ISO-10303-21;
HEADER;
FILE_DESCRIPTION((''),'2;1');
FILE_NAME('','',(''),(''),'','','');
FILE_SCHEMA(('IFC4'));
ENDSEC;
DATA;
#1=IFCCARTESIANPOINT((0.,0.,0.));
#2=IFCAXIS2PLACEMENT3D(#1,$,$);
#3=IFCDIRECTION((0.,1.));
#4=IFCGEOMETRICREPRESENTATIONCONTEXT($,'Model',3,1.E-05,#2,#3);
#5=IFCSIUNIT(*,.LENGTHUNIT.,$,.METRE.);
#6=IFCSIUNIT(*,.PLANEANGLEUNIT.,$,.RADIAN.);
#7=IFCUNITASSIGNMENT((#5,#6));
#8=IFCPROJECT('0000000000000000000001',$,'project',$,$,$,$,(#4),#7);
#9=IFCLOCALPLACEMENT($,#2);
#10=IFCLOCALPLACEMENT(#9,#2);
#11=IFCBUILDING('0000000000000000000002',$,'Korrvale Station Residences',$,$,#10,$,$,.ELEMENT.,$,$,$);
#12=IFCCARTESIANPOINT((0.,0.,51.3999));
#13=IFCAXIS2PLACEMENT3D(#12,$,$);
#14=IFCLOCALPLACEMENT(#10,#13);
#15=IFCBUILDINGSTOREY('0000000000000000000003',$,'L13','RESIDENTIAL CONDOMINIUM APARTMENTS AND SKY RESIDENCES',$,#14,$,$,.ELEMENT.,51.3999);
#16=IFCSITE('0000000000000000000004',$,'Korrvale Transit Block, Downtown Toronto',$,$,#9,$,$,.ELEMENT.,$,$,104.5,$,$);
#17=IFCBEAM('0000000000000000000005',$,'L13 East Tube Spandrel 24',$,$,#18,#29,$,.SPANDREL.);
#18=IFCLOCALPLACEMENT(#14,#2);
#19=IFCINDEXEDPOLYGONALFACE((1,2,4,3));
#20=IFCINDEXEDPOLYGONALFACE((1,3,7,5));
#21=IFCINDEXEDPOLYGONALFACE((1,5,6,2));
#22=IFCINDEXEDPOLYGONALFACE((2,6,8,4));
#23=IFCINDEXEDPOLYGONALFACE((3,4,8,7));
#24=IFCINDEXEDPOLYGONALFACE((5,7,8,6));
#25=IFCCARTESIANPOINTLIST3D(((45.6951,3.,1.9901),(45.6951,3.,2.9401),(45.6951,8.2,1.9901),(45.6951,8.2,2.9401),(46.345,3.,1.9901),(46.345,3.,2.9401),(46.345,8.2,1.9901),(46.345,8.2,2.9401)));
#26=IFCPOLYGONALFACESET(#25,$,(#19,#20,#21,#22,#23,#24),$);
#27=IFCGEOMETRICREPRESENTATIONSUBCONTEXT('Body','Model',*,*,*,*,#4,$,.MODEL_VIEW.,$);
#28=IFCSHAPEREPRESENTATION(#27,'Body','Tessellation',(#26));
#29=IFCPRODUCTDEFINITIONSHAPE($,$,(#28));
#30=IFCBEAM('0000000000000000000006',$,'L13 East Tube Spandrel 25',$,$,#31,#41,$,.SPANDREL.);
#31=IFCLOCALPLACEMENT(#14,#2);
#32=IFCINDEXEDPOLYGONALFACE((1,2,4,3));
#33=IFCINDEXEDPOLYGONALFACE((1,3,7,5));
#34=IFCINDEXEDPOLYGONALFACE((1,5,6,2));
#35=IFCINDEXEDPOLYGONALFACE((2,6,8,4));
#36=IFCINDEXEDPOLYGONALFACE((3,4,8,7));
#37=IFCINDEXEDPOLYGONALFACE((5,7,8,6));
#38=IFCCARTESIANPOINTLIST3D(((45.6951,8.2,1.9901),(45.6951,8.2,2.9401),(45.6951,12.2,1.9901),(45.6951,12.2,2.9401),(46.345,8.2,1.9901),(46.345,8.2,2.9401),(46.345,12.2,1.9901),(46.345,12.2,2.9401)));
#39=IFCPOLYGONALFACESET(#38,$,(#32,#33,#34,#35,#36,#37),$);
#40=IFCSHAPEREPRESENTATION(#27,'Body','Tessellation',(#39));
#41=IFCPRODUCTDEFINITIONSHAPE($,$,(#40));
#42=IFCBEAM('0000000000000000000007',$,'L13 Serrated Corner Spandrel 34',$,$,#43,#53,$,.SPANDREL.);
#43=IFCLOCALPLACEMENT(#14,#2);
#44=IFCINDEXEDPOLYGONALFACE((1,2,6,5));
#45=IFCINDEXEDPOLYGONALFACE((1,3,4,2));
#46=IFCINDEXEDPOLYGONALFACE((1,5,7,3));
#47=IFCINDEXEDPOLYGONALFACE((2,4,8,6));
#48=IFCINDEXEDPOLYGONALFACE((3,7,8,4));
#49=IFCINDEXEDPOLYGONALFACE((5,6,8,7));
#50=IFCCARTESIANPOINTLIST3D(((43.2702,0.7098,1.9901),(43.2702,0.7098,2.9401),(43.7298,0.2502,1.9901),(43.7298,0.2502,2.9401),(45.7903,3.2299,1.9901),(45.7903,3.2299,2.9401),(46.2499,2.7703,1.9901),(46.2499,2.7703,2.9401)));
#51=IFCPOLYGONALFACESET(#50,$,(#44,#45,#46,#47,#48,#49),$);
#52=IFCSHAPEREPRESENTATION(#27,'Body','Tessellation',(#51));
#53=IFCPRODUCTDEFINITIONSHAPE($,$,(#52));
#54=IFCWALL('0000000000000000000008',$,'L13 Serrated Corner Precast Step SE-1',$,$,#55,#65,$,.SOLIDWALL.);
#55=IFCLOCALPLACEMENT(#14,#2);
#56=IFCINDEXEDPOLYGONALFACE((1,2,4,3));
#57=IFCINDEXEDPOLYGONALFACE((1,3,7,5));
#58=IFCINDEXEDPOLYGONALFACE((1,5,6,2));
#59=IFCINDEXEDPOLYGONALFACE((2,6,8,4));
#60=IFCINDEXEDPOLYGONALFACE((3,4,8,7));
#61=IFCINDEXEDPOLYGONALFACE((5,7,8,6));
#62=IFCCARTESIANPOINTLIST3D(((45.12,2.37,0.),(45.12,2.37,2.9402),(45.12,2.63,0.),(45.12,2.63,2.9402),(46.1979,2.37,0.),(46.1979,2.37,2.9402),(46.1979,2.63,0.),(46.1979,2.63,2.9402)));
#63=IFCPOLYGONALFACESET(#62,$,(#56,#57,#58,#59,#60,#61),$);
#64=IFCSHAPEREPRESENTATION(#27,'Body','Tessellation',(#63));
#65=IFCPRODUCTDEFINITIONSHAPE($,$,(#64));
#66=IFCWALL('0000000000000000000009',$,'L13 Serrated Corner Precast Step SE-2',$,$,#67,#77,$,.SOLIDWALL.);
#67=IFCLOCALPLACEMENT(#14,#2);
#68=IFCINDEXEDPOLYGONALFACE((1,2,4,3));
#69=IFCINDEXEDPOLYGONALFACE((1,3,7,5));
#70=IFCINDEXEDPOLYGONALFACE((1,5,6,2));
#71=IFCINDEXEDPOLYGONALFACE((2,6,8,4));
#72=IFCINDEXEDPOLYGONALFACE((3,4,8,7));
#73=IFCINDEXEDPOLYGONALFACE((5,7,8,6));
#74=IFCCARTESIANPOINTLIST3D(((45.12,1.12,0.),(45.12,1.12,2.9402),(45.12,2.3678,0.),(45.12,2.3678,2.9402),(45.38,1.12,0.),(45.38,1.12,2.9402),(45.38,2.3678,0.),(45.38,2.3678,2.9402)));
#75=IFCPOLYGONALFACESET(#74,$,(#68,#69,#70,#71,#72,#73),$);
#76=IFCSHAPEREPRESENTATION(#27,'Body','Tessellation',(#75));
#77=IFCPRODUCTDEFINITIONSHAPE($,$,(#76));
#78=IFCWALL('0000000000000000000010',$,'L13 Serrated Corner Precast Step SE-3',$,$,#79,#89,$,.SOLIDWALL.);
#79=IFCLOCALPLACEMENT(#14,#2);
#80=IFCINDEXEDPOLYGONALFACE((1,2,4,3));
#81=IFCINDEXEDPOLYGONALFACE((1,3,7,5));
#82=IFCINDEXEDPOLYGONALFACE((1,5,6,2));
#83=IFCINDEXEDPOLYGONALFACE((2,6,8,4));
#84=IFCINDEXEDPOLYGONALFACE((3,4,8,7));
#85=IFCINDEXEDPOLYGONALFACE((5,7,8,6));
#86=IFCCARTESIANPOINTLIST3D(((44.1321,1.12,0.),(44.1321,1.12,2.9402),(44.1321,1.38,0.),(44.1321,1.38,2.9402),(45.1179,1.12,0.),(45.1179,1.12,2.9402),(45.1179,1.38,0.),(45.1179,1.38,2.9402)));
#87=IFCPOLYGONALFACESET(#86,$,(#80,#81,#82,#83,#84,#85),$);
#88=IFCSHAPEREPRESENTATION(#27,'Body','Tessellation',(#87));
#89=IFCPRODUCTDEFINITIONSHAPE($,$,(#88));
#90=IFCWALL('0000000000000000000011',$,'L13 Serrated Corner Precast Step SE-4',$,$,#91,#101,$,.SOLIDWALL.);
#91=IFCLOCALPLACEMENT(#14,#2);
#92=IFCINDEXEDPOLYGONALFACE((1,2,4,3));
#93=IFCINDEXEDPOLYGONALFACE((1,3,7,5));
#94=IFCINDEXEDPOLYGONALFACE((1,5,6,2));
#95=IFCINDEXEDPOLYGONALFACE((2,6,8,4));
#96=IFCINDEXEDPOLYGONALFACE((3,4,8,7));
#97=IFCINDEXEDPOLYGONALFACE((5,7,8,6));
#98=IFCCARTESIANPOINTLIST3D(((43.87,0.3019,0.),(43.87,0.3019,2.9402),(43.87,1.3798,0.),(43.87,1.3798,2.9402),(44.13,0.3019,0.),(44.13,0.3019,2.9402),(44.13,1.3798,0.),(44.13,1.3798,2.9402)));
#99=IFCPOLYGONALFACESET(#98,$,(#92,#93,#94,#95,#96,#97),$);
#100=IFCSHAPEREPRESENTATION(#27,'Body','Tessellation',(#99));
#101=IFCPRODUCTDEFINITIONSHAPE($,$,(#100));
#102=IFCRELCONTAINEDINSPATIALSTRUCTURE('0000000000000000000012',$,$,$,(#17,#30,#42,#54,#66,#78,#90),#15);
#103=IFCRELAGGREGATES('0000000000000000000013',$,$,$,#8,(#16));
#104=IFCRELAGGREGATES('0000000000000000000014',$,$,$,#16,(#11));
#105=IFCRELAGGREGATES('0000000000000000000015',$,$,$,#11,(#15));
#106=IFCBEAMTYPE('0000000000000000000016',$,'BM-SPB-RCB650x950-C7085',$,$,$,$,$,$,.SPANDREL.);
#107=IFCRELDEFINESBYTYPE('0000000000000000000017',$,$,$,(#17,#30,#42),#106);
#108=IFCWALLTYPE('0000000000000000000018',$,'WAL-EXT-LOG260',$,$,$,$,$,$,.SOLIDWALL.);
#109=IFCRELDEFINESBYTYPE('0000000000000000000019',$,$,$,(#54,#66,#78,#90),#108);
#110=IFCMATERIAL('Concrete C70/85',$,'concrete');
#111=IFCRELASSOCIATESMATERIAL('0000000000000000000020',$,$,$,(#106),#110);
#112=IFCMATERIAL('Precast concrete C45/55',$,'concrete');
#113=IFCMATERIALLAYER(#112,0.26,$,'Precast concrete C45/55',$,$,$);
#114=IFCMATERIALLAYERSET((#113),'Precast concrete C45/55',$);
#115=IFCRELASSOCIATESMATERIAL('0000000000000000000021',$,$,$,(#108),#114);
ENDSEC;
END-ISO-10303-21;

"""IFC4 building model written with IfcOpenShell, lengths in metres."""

from ifc_helpers import new_model, si_unit, direction, frame, frame_2d, origin, origin_2d, place, context, subcontext, project, spatial, rectangle, extrude, material, layer, layer_set, material_profile, profile_set, type_object, element, save


model = new_model("IFC4")

# Units and contexts
model_context = context("Model", 3, precision=1e-05, world=origin(), true_north=direction((0.0, 1.0)))
body_context = subcontext(model_context, "Body", "Model", "MODEL_VIEW")
ifc_project = project(units=[si_unit("LENGTHUNIT", "METRE"), si_unit("PLANEANGLEUNIT", "RADIAN")], contexts=[model_context])

# Site, building, storey
site_placement = place(None, origin())
site = spatial("IfcSite", under=ifc_project, at=site_placement, Name="Korrvale Transit Block, Downtown Toronto", CompositionType="ELEMENT", RefElevation=104.5)
building_placement = place(site_placement, origin())
building = spatial("IfcBuilding", under=site, at=building_placement, Name="Korrvale Station Residences", CompositionType="ELEMENT")
storey_placement = place(building_placement, frame((0.0, 0.0, 51.3999)))
storey = spatial("IfcBuildingStorey", under=building, at=storey_placement, Name="L13", Description="RESIDENTIAL CONDOMINIUM APARTMENTS AND SKY RESIDENCES", CompositionType="ELEMENT", Elevation=51.3999)

# Shared definitions
ifc_material_1 = material(Name="Concrete C70/85", Category="concrete")

# Beams
ifc_material_profile_1 = material_profile(ifc_material_1, rectangle(XDim=0.6499, YDim=0.95, at=origin_2d()), Name="RCB650x950")
ifc_profile_set_1 = profile_set([ifc_material_profile_1], Name="Concrete C70/85")
beam_type_1 = type_object("IfcBeamType", Name="BM-SPB-RCB650x950-C7085", PredefinedType="SPANDREL", material=ifc_profile_set_1)
beam_1_placement = place(storey_placement, frame((46.02, 3.0, 2.4651), z_axis=(0.0, 1.0, 0.0), x_axis=(-1.0, 0.0, 0.0)))
element("IfcBeam", 1, at=beam_1_placement, inside=storey, type_object=beam_type_1, Name="L13 East Tube Spandrel 24", PredefinedType="SPANDREL", context=body_context, shape_type="SweptSolid", body=[
    extrude(rectangle(XDim=0.6499, YDim=0.95, at=origin_2d()), origin(), (0.0, 0.0, 1.0), 5.2),
])
beam_2_placement = place(storey_placement, frame((46.02, 8.2, 2.4651), z_axis=(0.0, 1.0, 0.0), x_axis=(-1.0, 0.0, 0.0)))
element("IfcBeam", 2, at=beam_2_placement, inside=storey, type_object=beam_type_1, Name="L13 East Tube Spandrel 25", PredefinedType="SPANDREL", context=body_context, shape_type="SweptSolid", body=[
    extrude(rectangle(XDim=0.6499, YDim=0.95, at=origin_2d()), origin(), (0.0, 0.0, 1.0), 4.0),
])
beam_3_placement = place(storey_placement, frame((43.5, 0.48, 2.4651), z_axis=(0.707107, 0.707107, 0.0), x_axis=(-0.707107, 0.707107, 0.0)))
element("IfcBeam", 3, at=beam_3_placement, inside=storey, type_object=beam_type_1, Name="L13 Serrated Corner Spandrel 34", PredefinedType="SPANDREL", context=body_context, shape_type="SweptSolid", body=[
    extrude(rectangle(XDim=0.6499, YDim=0.95, at=origin_2d()), origin(), (0.0, 0.0, 1.0), 3.564),
])

# Walls
ifc_material_2 = material(Name="Precast concrete C45/55", Category="concrete")
ifc_layer_1 = layer(ifc_material_2, 0.26, Name="Precast concrete C45/55")
ifc_layer_set_1 = layer_set([ifc_layer_1], Name="Precast concrete C45/55")
wall_type_1 = type_object("IfcWallType", Name="WAL-EXT-LOG260", PredefinedType="SOLIDWALL", material=ifc_layer_set_1)
wall_1_placement = place(storey_placement, frame((46.198, 2.5, 0.0), z_axis=(0.0, 0.0, 1.0), x_axis=(-1.0, 0.0, 0.0)))
element("IfcWall", 4, at=wall_1_placement, inside=storey, type_object=wall_type_1, Name="L13 Serrated Corner Precast Step SE-1", PredefinedType="SOLIDWALL", context=body_context, shape_type="SweptSolid", body=[
    extrude(rectangle(XDim=1.0779, YDim=0.26, at=frame_2d((0.5391, 0.0))), origin(), (0.0, 0.0, 1.0), 2.9402),
])
wall_2_placement = place(storey_placement, frame((45.25, 2.3679, 0.0), z_axis=(0.0, 0.0, 1.0), x_axis=(0.0, -1.0, 0.0)))
element("IfcWall", 5, at=wall_2_placement, inside=storey, type_object=wall_type_1, Name="L13 Serrated Corner Precast Step SE-2", PredefinedType="SOLIDWALL", context=body_context, shape_type="SweptSolid", body=[
    extrude(rectangle(XDim=1.2478, YDim=0.26, at=frame_2d((0.624, 0.0))), origin(), (0.0, 0.0, 1.0), 2.9402),
])
wall_3_placement = place(storey_placement, frame((45.1179, 1.25, 0.0), z_axis=(0.0, 0.0, 1.0), x_axis=(-1.0, 0.0, 0.0)))
element("IfcWall", 6, at=wall_3_placement, inside=storey, type_object=wall_type_1, Name="L13 Serrated Corner Precast Step SE-3", PredefinedType="SOLIDWALL", context=body_context, shape_type="SweptSolid", body=[
    extrude(rectangle(XDim=0.9858, YDim=0.26, at=frame_2d((0.4929, 0.0))), origin(), (0.0, 0.0, 1.0), 2.9402),
])
wall_4_placement = place(storey_placement, frame((44.0, 1.3799, 0.0), z_axis=(0.0, 0.0, 1.0), x_axis=(0.0, -1.0, 0.0)))
element("IfcWall", 7, at=wall_4_placement, inside=storey, type_object=wall_type_1, Name="L13 Serrated Corner Precast Step SE-4", PredefinedType="SOLIDWALL", context=body_context, shape_type="SweptSolid", body=[
    extrude(rectangle(XDim=1.0779, YDim=0.26, at=frame_2d((0.5391, 0.0))), origin(), (0.0, 0.0, 1.0), 2.9402),
])

save(model, "model.ifc")
